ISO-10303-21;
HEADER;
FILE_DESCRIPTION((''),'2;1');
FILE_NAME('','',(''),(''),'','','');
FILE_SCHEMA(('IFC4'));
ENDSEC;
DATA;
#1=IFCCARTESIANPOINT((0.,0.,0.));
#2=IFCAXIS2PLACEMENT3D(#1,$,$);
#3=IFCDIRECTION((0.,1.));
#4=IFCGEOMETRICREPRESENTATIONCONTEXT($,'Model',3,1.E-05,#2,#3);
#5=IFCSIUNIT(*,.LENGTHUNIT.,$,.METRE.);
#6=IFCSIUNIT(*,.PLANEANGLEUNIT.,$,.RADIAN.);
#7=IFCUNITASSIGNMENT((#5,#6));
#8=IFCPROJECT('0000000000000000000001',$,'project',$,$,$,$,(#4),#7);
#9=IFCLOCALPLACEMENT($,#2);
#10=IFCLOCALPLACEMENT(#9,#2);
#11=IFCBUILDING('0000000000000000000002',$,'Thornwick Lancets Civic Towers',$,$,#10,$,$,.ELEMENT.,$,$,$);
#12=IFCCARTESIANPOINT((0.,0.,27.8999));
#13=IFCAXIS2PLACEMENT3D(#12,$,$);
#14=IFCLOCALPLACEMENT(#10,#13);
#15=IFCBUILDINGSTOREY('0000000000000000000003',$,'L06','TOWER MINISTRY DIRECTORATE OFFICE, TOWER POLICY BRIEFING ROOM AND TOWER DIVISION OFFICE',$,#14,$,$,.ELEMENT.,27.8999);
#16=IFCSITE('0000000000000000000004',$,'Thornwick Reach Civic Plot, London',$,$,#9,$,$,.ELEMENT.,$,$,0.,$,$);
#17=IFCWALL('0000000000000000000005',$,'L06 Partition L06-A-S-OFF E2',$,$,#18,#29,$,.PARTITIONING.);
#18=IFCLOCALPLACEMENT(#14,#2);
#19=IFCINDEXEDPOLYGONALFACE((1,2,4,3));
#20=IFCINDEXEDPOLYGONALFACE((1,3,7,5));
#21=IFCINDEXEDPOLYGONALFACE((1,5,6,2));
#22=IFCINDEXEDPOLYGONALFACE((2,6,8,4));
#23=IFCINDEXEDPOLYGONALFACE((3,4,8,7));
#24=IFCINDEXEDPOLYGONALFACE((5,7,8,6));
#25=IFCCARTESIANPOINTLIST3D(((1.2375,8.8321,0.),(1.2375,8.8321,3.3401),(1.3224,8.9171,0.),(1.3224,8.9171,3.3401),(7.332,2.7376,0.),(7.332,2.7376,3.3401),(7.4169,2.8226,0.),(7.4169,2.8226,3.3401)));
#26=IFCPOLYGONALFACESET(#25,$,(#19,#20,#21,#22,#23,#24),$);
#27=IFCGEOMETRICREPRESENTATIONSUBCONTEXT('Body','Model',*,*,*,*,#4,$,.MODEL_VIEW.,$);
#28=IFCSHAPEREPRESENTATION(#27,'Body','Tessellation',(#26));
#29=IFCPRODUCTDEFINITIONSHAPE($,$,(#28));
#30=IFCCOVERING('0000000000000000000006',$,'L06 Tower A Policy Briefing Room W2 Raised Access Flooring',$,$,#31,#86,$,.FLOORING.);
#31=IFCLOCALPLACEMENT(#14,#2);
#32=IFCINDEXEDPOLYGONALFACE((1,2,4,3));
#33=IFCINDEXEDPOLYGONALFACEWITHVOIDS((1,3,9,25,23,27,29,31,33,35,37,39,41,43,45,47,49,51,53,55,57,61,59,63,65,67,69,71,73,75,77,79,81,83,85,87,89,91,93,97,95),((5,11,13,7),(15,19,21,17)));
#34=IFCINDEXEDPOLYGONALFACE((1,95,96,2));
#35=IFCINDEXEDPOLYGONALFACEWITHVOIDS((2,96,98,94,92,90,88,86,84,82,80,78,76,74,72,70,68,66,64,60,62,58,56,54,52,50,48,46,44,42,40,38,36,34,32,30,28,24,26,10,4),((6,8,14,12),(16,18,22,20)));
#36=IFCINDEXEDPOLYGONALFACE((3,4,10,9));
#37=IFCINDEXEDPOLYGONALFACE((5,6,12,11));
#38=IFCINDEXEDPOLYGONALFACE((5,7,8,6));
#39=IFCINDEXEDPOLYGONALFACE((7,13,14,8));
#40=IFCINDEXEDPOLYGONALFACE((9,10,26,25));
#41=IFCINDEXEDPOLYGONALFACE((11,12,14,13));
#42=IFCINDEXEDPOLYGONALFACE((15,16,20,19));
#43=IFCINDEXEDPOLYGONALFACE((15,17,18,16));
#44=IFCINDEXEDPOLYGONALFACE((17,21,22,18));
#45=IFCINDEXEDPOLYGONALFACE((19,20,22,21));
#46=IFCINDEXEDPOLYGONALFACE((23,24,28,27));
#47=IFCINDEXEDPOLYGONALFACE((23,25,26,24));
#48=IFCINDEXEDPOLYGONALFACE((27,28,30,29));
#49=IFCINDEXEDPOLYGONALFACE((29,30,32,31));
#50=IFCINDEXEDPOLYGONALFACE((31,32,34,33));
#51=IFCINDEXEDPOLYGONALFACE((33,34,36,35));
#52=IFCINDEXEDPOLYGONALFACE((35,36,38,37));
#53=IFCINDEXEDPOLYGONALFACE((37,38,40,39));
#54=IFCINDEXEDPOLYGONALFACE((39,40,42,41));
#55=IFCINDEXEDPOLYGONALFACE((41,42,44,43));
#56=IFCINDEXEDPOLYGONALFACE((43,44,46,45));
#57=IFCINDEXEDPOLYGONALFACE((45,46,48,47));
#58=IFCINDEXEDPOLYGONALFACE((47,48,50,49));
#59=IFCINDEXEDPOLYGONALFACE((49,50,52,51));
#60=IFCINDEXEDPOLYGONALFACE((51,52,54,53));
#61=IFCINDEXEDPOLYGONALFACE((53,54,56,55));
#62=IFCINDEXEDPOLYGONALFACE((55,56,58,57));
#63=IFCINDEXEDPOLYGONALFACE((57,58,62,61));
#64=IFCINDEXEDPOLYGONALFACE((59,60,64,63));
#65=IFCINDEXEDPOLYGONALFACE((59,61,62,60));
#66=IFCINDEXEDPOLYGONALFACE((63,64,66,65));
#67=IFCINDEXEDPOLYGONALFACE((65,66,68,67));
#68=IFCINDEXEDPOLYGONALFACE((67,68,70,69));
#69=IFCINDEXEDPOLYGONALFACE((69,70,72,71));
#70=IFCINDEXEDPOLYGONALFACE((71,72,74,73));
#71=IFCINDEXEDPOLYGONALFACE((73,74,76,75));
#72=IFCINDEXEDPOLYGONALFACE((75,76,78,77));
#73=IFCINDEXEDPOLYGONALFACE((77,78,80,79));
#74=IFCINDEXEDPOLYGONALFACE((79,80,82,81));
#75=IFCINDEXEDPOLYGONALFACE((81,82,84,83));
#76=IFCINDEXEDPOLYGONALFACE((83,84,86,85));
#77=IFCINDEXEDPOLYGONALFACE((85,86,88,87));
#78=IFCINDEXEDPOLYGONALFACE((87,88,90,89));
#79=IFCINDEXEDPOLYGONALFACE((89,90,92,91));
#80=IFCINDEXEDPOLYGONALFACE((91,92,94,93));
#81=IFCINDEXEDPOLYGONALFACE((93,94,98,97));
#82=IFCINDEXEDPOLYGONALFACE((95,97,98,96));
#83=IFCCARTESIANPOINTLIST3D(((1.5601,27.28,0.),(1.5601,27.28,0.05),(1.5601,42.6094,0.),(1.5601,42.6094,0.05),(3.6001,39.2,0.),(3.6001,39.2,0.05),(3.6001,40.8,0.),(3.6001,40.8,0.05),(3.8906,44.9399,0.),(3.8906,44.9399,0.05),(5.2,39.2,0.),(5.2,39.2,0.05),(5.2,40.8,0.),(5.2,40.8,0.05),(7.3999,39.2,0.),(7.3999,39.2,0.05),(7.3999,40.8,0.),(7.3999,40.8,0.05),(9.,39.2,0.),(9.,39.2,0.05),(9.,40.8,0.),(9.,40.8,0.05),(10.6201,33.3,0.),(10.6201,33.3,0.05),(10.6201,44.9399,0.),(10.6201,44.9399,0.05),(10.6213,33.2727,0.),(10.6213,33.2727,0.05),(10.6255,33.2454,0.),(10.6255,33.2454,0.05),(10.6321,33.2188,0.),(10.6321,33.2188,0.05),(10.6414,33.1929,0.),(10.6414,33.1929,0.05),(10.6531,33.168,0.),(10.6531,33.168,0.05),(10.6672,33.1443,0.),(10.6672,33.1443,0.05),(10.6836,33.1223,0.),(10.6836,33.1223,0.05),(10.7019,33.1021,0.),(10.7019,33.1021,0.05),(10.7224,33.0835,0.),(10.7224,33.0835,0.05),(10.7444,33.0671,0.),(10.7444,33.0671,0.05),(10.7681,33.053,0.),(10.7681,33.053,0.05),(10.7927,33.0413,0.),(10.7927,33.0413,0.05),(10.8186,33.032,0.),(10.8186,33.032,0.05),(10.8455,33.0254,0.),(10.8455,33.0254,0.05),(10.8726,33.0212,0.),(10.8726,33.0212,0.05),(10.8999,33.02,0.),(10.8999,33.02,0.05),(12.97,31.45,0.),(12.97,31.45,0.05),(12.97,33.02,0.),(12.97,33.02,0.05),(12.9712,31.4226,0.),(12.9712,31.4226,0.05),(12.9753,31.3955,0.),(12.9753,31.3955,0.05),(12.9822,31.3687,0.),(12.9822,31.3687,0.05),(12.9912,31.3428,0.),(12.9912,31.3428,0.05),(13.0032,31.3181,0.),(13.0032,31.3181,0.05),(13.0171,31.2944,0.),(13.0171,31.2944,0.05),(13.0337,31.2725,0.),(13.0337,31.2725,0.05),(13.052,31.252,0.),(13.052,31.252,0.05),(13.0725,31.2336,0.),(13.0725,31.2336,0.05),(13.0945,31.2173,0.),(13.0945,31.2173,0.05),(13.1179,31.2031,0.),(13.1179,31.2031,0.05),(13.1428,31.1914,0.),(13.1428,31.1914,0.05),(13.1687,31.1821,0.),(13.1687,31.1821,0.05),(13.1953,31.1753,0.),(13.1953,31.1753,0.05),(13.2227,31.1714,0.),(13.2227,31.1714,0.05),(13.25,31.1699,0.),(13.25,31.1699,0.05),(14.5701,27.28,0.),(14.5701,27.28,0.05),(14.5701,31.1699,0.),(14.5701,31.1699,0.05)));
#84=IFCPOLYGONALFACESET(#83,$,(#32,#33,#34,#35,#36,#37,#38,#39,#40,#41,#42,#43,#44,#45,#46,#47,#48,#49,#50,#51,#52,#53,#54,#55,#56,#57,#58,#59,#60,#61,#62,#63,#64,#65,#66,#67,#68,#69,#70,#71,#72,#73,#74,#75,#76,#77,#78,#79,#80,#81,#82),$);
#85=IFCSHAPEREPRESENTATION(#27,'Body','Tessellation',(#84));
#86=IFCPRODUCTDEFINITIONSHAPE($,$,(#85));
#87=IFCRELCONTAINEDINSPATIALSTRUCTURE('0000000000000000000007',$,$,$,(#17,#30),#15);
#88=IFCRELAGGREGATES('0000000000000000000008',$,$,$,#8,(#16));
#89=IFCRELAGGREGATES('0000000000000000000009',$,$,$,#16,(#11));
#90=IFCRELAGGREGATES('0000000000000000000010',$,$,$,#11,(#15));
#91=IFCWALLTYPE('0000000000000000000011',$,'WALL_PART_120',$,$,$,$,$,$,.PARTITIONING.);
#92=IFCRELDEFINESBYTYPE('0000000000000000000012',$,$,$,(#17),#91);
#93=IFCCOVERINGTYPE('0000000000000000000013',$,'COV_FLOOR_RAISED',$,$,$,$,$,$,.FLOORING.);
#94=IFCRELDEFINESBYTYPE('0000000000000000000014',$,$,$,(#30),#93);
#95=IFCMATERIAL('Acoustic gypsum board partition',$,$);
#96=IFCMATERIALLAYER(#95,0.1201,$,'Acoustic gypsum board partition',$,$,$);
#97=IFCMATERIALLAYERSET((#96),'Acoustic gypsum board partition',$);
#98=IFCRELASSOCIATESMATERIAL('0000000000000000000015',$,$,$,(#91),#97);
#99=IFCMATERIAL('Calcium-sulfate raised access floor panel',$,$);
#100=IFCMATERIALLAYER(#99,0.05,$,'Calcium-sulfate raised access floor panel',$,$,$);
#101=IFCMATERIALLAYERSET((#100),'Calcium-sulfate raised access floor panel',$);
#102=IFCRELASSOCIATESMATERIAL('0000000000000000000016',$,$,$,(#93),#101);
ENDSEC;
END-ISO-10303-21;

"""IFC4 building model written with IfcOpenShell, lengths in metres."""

from ifc_helpers import new_model, si_unit, direction, frame, frame_2d, origin, place, context, subcontext, project, spatial, polyline, rectangle, outline, extrude, material, layer, layer_set, type_object, element, save


model = new_model("IFC4")

# Units and contexts
model_context = context("Model", 3, precision=1e-05, world=origin(), true_north=direction((0.0, 1.0)))
body_context = subcontext(model_context, "Body", "Model", "MODEL_VIEW")
ifc_project = project(units=[si_unit("LENGTHUNIT", "METRE"), si_unit("PLANEANGLEUNIT", "RADIAN")], contexts=[model_context])

# Site, building, storey
site_placement = place(None, origin())
site = spatial("IfcSite", under=ifc_project, at=site_placement, Name="Thornwick Reach Civic Plot, London", CompositionType="ELEMENT", RefElevation=0.0)
building_placement = place(site_placement, origin())
building = spatial("IfcBuilding", under=site, at=building_placement, Name="Thornwick Lancets Civic Towers", CompositionType="ELEMENT")
storey_placement = place(building_placement, frame((0.0, 0.0, 27.8999)))
storey = spatial("IfcBuildingStorey", under=building, at=storey_placement, Name="L06", Description="TOWER MINISTRY DIRECTORATE OFFICE, TOWER POLICY BRIEFING ROOM AND TOWER DIVISION OFFICE", CompositionType="ELEMENT", Elevation=27.8999)

# Wall
ifc_material_1 = material(Name="Acoustic gypsum board partition")
ifc_layer_1 = layer(ifc_material_1, 0.1201, Name="Acoustic gypsum board partition")
ifc_layer_set_1 = layer_set([ifc_layer_1], Name="Acoustic gypsum board partition")
wall_type_1 = type_object("IfcWallType", Name="WALL_PART_120", PredefinedType="PARTITIONING", material=ifc_layer_set_1)
wall_1_placement = place(storey_placement, frame((7.3745, 2.78, 0.0), z_axis=(0.0, 0.0, 1.0), x_axis=(-0.707107, 0.707107, 0.0)))
element("IfcWall", 1, at=wall_1_placement, inside=storey, type_object=wall_type_1, Name="L06 Partition L06-A-S-OFF E2", PredefinedType="PARTITIONING", context=body_context, shape_type="SweptSolid", body=[
    extrude(rectangle(XDim=8.6189, YDim=0.1201, at=frame_2d((4.3096, 0.0))), origin(), (0.0, 0.0, 1.0), 3.3401),
])

# Covering
ifc_material_2 = material(Name="Calcium-sulfate raised access floor panel")
ifc_layer_2 = layer(ifc_material_2, 0.05, Name="Calcium-sulfate raised access floor panel")
ifc_layer_set_2 = layer_set([ifc_layer_2], Name="Calcium-sulfate raised access floor panel")
covering_type = type_object("IfcCoveringType", Name="COV_FLOOR_RAISED", PredefinedType="FLOORING", material=ifc_layer_set_2)
covering_placement = place(storey_placement, origin())
element("IfcCovering", 2, at=covering_placement, inside=storey, type_object=covering_type, Name="L06 Tower A Policy Briefing Room W2 Raised Access Flooring", PredefinedType="FLOORING", context=body_context, shape_type="SweptSolid", body=[
    extrude(outline(polyline([(12.97, 33.02), (12.97, 31.45), (12.9712, 31.4226), (12.9753, 31.3955), (12.9822, 31.3687), (12.9912, 31.3428), (13.0032, 31.3181), (13.0171, 31.2944), (13.0337, 31.2725), (13.052, 31.252), (13.0725, 31.2336), (13.0945, 31.2173), (13.1179, 31.2031), (13.1428, 31.1914), (13.1687, 31.1821), (13.1953, 31.1753), (13.2227, 31.1714), (13.25, 31.1699), (14.5701, 31.1699), (14.5701, 27.28), (1.5601, 27.28), (1.5601, 42.6094), (3.8906, 44.9399), (10.6201, 44.9399), (10.6201, 33.3), (10.6213, 33.2727), (10.6255, 33.2454), (10.6321, 33.2188), (10.6414, 33.1929), (10.6531, 33.168), (10.6672, 33.1443), (10.6836, 33.1223), (10.7019, 33.1021), (10.7224, 33.0835), (10.7444, 33.0671), (10.7681, 33.053), (10.7927, 33.0413), (10.8186, 33.032), (10.8455, 33.0254), (10.8726, 33.0212), (10.8999, 33.02), (12.97, 33.02)]), holes=[polyline([(7.3999, 39.2), (9.0, 39.2), (9.0, 40.8), (7.3999, 40.8), (7.3999, 39.2)]), polyline([(3.6001, 39.2), (5.2, 39.2), (5.2, 40.8), (3.6001, 40.8), (3.6001, 39.2)])]), origin(), (0.0, 0.0, 1.0), 0.05),
])

save(model, "model.ifc")
